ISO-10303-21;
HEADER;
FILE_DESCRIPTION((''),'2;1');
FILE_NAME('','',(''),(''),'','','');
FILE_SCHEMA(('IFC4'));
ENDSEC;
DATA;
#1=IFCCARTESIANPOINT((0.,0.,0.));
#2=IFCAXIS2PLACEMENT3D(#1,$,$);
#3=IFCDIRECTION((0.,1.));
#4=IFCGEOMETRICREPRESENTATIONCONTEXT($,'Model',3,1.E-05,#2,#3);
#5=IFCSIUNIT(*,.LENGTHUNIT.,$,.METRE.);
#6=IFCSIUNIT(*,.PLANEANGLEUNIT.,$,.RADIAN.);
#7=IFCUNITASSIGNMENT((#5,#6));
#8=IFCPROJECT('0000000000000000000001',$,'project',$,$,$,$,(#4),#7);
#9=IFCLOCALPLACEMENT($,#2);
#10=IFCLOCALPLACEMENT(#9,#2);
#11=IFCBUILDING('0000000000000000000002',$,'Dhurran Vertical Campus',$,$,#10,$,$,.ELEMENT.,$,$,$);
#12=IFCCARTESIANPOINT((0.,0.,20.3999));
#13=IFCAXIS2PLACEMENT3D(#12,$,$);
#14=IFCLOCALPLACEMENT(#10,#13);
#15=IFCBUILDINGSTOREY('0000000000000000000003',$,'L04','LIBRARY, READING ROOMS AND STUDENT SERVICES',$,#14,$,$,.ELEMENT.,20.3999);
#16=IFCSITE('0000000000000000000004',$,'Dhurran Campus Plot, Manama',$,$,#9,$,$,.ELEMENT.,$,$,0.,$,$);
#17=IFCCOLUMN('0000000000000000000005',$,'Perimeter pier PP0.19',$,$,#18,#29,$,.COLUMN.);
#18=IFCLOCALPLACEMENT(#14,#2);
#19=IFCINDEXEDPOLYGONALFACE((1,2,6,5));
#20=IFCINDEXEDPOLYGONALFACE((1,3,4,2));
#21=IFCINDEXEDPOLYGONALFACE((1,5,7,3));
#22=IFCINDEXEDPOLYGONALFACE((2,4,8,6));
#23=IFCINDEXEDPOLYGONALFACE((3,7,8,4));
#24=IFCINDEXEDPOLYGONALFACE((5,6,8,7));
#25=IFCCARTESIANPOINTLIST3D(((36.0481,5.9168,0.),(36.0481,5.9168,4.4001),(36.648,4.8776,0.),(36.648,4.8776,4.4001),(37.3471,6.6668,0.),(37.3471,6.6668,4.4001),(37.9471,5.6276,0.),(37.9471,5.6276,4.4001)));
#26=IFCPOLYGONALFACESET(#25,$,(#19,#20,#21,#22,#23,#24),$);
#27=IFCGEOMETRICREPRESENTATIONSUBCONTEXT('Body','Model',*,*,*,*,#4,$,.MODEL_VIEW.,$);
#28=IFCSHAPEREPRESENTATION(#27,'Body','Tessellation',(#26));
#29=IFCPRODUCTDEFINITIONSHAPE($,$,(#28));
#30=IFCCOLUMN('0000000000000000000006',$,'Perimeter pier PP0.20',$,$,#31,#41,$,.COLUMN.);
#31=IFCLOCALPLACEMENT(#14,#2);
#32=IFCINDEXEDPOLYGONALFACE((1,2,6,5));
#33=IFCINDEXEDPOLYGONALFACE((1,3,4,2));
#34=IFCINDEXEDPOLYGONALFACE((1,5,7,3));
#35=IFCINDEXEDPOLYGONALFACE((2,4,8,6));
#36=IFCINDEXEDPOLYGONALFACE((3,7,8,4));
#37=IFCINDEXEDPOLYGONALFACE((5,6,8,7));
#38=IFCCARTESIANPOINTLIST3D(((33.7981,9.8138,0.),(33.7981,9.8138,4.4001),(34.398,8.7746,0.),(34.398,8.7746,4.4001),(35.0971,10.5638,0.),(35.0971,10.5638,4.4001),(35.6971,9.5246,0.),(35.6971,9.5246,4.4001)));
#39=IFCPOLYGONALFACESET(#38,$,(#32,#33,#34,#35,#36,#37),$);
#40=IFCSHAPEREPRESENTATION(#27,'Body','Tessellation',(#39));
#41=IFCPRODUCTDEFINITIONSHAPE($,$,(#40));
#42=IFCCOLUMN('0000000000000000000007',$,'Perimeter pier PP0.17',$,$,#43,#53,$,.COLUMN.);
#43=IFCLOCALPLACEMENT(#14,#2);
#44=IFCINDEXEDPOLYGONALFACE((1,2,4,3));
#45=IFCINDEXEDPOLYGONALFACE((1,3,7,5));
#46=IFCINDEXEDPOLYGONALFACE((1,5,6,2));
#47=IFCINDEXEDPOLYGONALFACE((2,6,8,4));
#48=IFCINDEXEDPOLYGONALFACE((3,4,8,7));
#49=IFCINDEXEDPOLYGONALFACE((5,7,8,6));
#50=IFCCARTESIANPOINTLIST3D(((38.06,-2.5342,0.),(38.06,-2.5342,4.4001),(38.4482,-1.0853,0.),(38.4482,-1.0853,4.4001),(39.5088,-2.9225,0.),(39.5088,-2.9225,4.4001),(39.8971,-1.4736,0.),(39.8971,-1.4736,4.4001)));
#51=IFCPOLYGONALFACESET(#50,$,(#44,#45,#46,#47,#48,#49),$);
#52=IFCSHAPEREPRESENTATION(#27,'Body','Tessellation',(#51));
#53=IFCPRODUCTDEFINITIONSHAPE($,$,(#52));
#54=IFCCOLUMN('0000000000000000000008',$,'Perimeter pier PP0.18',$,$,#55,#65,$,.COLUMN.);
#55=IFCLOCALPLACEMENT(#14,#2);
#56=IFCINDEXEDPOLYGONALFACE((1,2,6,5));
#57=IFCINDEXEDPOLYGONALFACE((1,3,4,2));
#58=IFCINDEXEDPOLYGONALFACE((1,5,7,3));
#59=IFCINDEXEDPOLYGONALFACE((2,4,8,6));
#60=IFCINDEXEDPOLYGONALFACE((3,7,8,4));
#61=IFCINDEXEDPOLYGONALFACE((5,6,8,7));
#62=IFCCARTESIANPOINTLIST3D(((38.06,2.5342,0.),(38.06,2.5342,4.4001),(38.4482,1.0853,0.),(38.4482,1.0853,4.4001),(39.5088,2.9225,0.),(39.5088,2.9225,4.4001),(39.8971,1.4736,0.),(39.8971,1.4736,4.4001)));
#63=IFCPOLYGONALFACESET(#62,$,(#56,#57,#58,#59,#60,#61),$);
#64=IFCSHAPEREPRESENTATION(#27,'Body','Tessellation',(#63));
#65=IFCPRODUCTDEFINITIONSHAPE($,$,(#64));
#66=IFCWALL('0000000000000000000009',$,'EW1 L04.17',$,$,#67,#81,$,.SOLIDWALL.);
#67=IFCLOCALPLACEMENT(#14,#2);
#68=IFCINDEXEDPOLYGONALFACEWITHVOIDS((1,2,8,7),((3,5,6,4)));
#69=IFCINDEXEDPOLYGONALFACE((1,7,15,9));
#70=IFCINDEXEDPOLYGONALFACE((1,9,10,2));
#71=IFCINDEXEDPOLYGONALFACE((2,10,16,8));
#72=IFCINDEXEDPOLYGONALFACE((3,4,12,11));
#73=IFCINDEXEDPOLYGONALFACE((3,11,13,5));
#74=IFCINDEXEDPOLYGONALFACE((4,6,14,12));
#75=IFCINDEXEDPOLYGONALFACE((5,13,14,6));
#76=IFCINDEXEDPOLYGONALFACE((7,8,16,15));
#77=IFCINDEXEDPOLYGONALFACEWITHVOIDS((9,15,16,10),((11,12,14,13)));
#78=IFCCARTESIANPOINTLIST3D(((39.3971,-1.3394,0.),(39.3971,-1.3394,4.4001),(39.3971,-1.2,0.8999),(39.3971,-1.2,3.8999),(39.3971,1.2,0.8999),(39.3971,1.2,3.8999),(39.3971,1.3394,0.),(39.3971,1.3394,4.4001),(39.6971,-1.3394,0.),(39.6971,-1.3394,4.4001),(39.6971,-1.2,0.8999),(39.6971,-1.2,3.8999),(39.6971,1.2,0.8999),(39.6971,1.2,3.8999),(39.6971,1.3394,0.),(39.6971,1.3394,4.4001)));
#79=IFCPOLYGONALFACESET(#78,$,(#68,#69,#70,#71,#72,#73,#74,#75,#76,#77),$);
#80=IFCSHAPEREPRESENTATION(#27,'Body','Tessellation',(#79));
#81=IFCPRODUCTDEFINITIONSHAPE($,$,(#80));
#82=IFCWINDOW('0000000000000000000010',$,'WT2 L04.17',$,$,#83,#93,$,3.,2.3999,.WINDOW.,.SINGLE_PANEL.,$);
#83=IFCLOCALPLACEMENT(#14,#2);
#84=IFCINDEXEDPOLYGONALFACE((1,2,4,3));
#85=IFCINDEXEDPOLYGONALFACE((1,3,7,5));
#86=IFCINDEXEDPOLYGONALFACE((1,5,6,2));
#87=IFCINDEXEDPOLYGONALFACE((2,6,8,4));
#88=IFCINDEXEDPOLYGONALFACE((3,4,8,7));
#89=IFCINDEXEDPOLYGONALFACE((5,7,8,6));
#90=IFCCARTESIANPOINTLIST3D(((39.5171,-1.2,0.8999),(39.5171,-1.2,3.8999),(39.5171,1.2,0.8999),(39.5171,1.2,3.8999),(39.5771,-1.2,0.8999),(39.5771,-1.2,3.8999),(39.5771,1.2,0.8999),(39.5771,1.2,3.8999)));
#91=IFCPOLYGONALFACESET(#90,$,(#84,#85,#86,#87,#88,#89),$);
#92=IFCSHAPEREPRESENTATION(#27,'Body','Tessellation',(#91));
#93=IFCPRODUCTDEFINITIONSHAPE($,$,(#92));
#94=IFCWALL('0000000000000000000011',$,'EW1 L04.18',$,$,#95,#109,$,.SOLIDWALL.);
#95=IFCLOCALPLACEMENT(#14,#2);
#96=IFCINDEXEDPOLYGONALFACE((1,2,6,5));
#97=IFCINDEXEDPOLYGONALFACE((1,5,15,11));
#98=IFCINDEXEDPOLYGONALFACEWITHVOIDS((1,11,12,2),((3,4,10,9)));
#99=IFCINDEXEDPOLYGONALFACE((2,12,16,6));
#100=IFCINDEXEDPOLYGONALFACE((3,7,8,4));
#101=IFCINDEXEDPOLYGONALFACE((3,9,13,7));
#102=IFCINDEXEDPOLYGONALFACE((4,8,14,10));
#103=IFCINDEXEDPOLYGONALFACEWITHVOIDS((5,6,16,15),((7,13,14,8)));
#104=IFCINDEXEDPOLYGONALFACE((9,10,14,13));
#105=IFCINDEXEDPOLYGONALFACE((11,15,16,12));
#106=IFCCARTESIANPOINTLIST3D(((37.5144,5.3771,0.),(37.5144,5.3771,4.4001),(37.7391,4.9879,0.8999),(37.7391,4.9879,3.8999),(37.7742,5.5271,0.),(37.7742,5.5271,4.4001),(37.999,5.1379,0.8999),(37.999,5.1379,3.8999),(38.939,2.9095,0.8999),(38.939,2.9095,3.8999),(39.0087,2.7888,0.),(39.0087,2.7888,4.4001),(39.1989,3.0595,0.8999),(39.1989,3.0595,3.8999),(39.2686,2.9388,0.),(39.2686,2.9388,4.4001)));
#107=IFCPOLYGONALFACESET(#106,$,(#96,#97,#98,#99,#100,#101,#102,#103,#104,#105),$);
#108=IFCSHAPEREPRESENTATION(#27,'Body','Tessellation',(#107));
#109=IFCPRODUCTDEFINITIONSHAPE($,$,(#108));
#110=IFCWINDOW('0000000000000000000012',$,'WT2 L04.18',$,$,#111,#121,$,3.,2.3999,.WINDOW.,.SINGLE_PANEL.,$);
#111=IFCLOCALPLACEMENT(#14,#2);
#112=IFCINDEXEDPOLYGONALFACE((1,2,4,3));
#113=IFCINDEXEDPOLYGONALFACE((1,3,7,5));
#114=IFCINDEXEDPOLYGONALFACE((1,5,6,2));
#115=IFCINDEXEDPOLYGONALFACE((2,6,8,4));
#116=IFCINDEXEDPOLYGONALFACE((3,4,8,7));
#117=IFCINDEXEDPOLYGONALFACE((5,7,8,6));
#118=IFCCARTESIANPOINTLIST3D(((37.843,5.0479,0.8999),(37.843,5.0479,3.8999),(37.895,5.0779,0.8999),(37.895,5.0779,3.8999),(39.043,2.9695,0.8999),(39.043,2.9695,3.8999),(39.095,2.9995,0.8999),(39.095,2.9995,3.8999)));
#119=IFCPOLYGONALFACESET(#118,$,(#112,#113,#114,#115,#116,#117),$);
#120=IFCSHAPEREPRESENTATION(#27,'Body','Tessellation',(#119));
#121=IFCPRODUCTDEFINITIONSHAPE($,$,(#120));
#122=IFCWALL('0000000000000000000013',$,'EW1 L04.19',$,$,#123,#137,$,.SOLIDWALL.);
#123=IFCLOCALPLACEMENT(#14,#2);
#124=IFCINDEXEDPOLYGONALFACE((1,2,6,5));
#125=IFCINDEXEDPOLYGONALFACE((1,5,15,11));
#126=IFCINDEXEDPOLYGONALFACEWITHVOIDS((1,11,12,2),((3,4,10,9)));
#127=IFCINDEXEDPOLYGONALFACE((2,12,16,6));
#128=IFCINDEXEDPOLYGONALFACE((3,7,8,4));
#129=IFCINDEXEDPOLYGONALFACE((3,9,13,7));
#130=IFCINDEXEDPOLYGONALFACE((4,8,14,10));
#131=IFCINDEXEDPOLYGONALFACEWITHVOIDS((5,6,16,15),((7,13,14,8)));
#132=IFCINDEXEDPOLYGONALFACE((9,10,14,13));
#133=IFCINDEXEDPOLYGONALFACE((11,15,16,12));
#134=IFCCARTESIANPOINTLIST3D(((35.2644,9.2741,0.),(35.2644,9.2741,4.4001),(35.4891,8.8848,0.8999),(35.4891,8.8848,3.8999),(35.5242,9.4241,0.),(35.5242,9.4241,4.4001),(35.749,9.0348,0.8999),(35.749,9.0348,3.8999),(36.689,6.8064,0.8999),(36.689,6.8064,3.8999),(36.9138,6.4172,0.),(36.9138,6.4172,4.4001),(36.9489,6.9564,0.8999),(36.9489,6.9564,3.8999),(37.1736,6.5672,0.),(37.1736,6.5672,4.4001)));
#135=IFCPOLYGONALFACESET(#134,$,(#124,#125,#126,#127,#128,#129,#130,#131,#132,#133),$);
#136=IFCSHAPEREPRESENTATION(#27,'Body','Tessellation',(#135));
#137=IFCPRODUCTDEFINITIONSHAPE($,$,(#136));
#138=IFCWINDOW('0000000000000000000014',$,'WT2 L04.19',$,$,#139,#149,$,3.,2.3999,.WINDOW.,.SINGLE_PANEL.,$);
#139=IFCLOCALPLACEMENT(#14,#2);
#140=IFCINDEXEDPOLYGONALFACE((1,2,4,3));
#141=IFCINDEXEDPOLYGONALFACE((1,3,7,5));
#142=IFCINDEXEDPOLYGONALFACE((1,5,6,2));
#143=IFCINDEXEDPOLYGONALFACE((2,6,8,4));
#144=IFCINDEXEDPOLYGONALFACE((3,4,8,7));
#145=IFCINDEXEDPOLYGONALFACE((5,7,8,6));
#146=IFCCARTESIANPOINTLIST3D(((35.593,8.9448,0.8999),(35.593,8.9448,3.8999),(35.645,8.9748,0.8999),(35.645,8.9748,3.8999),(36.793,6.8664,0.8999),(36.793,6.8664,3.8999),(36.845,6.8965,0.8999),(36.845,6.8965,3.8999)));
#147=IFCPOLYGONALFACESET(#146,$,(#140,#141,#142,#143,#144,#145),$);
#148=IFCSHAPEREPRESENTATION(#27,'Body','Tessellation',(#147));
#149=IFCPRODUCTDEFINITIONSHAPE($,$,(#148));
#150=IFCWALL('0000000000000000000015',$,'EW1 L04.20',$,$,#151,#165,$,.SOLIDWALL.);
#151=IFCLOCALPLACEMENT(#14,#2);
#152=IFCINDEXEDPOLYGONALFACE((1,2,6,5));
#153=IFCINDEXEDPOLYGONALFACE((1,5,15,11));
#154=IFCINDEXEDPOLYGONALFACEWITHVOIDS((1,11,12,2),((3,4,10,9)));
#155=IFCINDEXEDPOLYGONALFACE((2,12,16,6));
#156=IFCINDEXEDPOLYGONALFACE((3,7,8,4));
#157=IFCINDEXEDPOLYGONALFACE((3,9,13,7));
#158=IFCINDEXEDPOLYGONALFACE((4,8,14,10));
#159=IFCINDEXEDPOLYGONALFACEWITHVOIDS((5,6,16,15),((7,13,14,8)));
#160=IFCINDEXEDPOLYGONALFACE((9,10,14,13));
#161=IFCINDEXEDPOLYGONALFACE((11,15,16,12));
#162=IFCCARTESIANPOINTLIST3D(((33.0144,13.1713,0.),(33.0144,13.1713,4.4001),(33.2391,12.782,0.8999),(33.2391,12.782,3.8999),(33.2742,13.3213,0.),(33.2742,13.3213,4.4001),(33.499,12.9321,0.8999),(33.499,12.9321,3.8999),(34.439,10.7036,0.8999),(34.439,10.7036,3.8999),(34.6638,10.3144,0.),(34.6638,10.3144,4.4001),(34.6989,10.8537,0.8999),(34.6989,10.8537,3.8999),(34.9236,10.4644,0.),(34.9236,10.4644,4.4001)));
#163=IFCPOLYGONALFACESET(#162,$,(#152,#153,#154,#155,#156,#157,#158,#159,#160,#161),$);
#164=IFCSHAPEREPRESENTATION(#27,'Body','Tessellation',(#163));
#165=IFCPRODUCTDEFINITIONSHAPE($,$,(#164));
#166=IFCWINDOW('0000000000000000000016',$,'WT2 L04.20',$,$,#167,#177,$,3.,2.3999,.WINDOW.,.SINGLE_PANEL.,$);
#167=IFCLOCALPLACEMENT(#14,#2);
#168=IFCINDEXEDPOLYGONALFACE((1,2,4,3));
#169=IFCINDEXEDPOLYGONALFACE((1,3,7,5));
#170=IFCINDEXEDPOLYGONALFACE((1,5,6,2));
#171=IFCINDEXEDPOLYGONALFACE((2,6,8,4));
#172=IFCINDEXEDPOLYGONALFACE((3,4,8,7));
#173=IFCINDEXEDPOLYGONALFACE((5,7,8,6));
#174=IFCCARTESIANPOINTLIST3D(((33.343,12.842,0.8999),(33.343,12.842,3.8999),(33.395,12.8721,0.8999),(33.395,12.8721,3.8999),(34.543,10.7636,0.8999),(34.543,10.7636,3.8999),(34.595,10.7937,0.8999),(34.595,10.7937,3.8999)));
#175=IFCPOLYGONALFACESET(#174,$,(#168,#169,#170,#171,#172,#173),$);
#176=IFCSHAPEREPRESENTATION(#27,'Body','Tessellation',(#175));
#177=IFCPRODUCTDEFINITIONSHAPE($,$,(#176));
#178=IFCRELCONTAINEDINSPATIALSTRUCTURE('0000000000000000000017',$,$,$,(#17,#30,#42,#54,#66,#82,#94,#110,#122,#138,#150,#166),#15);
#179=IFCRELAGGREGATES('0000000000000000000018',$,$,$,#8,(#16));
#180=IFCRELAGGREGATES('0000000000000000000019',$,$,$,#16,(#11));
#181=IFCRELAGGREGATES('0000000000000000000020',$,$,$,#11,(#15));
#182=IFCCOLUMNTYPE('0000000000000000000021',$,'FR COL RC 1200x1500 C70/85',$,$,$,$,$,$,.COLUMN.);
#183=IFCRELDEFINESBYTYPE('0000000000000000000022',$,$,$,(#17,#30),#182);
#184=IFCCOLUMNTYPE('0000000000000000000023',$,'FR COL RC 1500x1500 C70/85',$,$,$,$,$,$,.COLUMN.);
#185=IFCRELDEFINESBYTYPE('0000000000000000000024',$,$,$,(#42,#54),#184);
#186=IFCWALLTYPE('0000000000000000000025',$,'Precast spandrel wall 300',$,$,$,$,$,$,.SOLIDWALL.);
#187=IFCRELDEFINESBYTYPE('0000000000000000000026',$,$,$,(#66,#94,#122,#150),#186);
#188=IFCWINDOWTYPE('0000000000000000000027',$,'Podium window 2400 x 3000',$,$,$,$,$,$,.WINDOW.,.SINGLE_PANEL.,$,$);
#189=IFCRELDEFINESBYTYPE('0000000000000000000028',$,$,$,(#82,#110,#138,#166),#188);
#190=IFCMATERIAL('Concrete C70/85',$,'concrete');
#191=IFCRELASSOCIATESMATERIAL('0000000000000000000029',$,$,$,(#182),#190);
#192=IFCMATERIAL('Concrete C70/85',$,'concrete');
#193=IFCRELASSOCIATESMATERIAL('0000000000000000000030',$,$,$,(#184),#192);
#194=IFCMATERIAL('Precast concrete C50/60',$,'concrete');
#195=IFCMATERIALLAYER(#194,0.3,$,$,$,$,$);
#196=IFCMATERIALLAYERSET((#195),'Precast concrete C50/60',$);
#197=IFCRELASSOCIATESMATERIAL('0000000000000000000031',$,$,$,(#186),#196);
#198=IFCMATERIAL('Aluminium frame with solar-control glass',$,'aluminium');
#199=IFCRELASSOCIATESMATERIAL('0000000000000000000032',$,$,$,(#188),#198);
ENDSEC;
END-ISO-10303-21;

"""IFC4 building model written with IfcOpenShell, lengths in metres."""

from ifc_helpers import new_model, si_unit, direction, frame, frame_2d, origin, origin_2d, place, context, subcontext, project, spatial, rectangle, extrude, material, layer, layer_set, material_profile, profile_set, type_object, element, fill, save


model = new_model("IFC4")

# Units and contexts
model_context = context("Model", 3, precision=1e-05, world=origin(), true_north=direction((0.0, 1.0)))
body_context = subcontext(model_context, "Body", "Model", "MODEL_VIEW")
ifc_project = project(units=[si_unit("LENGTHUNIT", "METRE"), si_unit("PLANEANGLEUNIT", "RADIAN")], contexts=[model_context])

# Site, building, storey
site_placement = place(None, origin())
site = spatial("IfcSite", under=ifc_project, at=site_placement, Name="Dhurran Campus Plot, Manama", CompositionType="ELEMENT", RefElevation=0.0)
building_placement = place(site_placement, origin())
building = spatial("IfcBuilding", under=site, at=building_placement, Name="Dhurran Vertical Campus", CompositionType="ELEMENT")
storey_placement = place(building_placement, frame((0.0, 0.0, 20.3999)))
storey = spatial("IfcBuildingStorey", under=building, at=storey_placement, Name="L04", Description="LIBRARY, READING ROOMS AND STUDENT SERVICES", CompositionType="ELEMENT", Elevation=20.3999)

# Columns
ifc_material_1 = material(Name="Concrete C70/85", Category="concrete")
ifc_material_profile_1 = material_profile(ifc_material_1, rectangle(XDim=1.2, YDim=1.5, at=origin_2d()), Name="RC 1200x1500")
ifc_profile_set_1 = profile_set([ifc_material_profile_1], Name="Concrete C70/85")
column_type_1 = type_object("IfcColumnType", Name="FR COL RC 1200x1500 C70/85", PredefinedType="COLUMN", material=ifc_profile_set_1)
for number, where, z_axis, x_axis, name in (
    (1, (36.9976, 5.7722, 0.0), (0.0, 0.0, 1.0), (-0.5, 0.866025, 0.0), "Perimeter pier PP0.19"),
    (2, (34.7476, 9.6692, 0.0), (0.0, 0.0, 1.0), (-0.5, 0.866025, 0.0), "Perimeter pier PP0.20"),
):
    element("IfcColumn", number, at=place(storey_placement, frame(where, z_axis=z_axis, x_axis=x_axis)), inside=storey, type_object=column_type_1, Name=name, PredefinedType="COLUMN", context=body_context, shape_type="SweptSolid", body=[
        extrude(rectangle(XDim=1.2, YDim=1.5, at=origin_2d()), origin(), (0.0, 0.0, 1.0), 4.4001),
    ])
ifc_material_2 = material(Name="Concrete C70/85", Category="concrete")
ifc_material_profile_2 = material_profile(ifc_material_2, rectangle(XDim=1.5, YDim=1.5, at=origin_2d()), Name="RC 1500x1500")
ifc_profile_set_2 = profile_set([ifc_material_profile_2], Name="Concrete C70/85")
column_type_2 = type_object("IfcColumnType", Name="FR COL RC 1500x1500 C70/85", PredefinedType="COLUMN", material=ifc_profile_set_2)
for number, where, z_axis, x_axis, name in (
    (3, (38.9785, -2.0039, 0.0), (0.0, 0.0, 1.0), (0.258819, 0.965926, 0.0), "Perimeter pier PP0.17"),
    (4, (38.9785, 2.0039, 0.0), (0.0, 0.0, 1.0), (-0.258819, 0.965926, 0.0), "Perimeter pier PP0.18"),
):
    element("IfcColumn", number, at=place(storey_placement, frame(where, z_axis=z_axis, x_axis=x_axis)), inside=storey, type_object=column_type_2, Name=name, PredefinedType="COLUMN", context=body_context, shape_type="SweptSolid", body=[
        extrude(rectangle(XDim=1.5, YDim=1.5, at=origin_2d()), origin(), (0.0, 0.0, 1.0), 4.4001),
    ])

# Walls, openings, windows
ifc_material_3 = material(Name="Precast concrete C50/60", Category="concrete")
ifc_layer_1 = layer(ifc_material_3, 0.3)
ifc_layer_set_1 = layer_set([ifc_layer_1], Name="Precast concrete C50/60")
wall_type_1 = type_object("IfcWallType", Name="Precast spandrel wall 300", PredefinedType="SOLIDWALL", material=ifc_layer_set_1)
wall_1_placement = place(storey_placement, frame((39.5471, -1.3394, 0.0), z_axis=(0.0, 0.0, 1.0), x_axis=(0.0, 1.0, 0.0)))
wall_1 = element("IfcWall", 5, at=wall_1_placement, inside=storey, type_object=wall_type_1, Name="EW1 L04.17", PredefinedType="SOLIDWALL", context=body_context, shape_type="SweptSolid", body=[
    extrude(rectangle(XDim=2.6787, YDim=0.3, at=frame_2d((1.3394, 0.0))), origin(), (0.0, 0.0, 1.0), 4.4001),
])
opening_1_placement = place(wall_1_placement, frame((0.1394, 0.0, 0.8999)))
opening_1 = element("IfcOpeningElement", 6, at=opening_1_placement, cuts=wall_1, PredefinedType="OPENING", context=body_context, shape_type="SweptSolid", body=[
    extrude(rectangle(XDim=2.3999, YDim=3.0, at=frame_2d((1.2, 1.5))), frame((0.0, 0.1599, 0.0), z_axis=(0.0, -1.0, 0.0), x_axis=(1.0, 0.0, 0.0)), (0.0, 0.0, 1.0), 0.3201),
])
ifc_material_4 = material(Name="Aluminium frame with solar-control glass", Category="aluminium")
window_type = type_object("IfcWindowType", Name="Podium window 2400 x 3000", PartitioningType="SINGLE_PANEL", PredefinedType="WINDOW", material=ifc_material_4)
window_1_placement = place(opening_1_placement, origin())
window_1 = element("IfcWindow", 7, at=window_1_placement, inside=storey, type_object=window_type, Name="WT2 L04.17", OverallHeight=3.0, OverallWidth=2.3999, PartitioningType="SINGLE_PANEL", PredefinedType="WINDOW", context=body_context, shape_type="SweptSolid", body=[
    extrude(rectangle(XDim=2.3999, YDim=3.0, at=frame_2d((1.2, 1.5))), frame((0.0, 0.03, 0.0), z_axis=(0.0, -1.0, 0.0), x_axis=(1.0, 0.0, 0.0)), (0.0, 0.0, 1.0), 0.0601),
])
fill(opening_1, window_1)
wall_2_placement = place(storey_placement, frame((39.1387, 2.8638, 0.0), z_axis=(0.0, 0.0, 1.0), x_axis=(-0.499996, 0.866028, 0.0)))
wall_2 = element("IfcWall", 8, at=wall_2_placement, inside=storey, type_object=wall_type_1, Name="EW1 L04.18", PredefinedType="SOLIDWALL", context=body_context, shape_type="SweptSolid", body=[
    extrude(rectangle(XDim=2.9888, YDim=0.3, at=frame_2d((1.4944, 0.0))), origin(), (0.0, 0.0, 1.0), 4.4001),
])
opening_2_placement = place(wall_2_placement, frame((0.1394, 0.0, 0.8999)))
opening_2 = element("IfcOpeningElement", 9, at=opening_2_placement, cuts=wall_2, PredefinedType="OPENING", context=body_context, shape_type="SweptSolid", body=[
    extrude(rectangle(XDim=2.3999, YDim=3.0, at=frame_2d((1.2, 1.5))), frame((0.0, 0.1599, 0.0), z_axis=(0.0, -1.0, 0.0), x_axis=(1.0, 0.0, 0.0)), (0.0, 0.0, 1.0), 0.3201),
])
window_2_placement = place(opening_2_placement, origin())
window_2 = element("IfcWindow", 10, at=window_2_placement, inside=storey, type_object=window_type, Name="WT2 L04.18", OverallHeight=3.0, OverallWidth=2.3999, PartitioningType="SINGLE_PANEL", PredefinedType="WINDOW", context=body_context, shape_type="SweptSolid", body=[
    extrude(rectangle(XDim=2.3999, YDim=3.0, at=frame_2d((1.2, 1.5))), frame((0.0, 0.03, 0.0), z_axis=(0.0, -1.0, 0.0), x_axis=(1.0, 0.0, 0.0)), (0.0, 0.0, 1.0), 0.0601),
])
fill(opening_2, window_2)
wall_3_placement = place(storey_placement, frame((37.0437, 6.4922, 0.0), z_axis=(0.0, 0.0, 1.0), x_axis=(-0.499992, 0.86603, 0.0)))
wall_3 = element("IfcWall", 11, at=wall_3_placement, inside=storey, type_object=wall_type_1, Name="EW1 L04.19", PredefinedType="SOLIDWALL", context=body_context, shape_type="SweptSolid", body=[
    extrude(rectangle(XDim=3.2988, YDim=0.3, at=frame_2d((1.6494, 0.0))), origin(), (0.0, 0.0, 1.0), 4.4001),
])
opening_3_placement = place(wall_3_placement, frame((0.4495, 0.0, 0.8999)))
opening_3 = element("IfcOpeningElement", 12, at=opening_3_placement, cuts=wall_3, PredefinedType="OPENING", context=body_context, shape_type="SweptSolid", body=[
    extrude(rectangle(XDim=2.3999, YDim=3.0, at=frame_2d((1.2, 1.5))), frame((0.0, 0.1599, 0.0), z_axis=(0.0, -1.0, 0.0), x_axis=(1.0, 0.0, 0.0)), (0.0, 0.0, 1.0), 0.3201),
])
window_3_placement = place(opening_3_placement, origin())
window_3 = element("IfcWindow", 13, at=window_3_placement, inside=storey, type_object=window_type, Name="WT2 L04.19", OverallHeight=3.0, OverallWidth=2.3999, PartitioningType="SINGLE_PANEL", PredefinedType="WINDOW", context=body_context, shape_type="SweptSolid", body=[
    extrude(rectangle(XDim=2.3999, YDim=3.0, at=frame_2d((1.2, 1.5))), frame((0.0, 0.03, 0.0), z_axis=(0.0, -1.0, 0.0), x_axis=(1.0, 0.0, 0.0)), (0.0, 0.0, 1.0), 0.0601),
])
fill(opening_3, window_3)
wall_4_placement = place(storey_placement, frame((34.7937, 10.3894, 0.0), z_axis=(0.0, 0.0, 1.0), x_axis=(-0.499992, 0.86603, 0.0)))
wall_4 = element("IfcWall", 14, at=wall_4_placement, inside=storey, type_object=wall_type_1, Name="EW1 L04.20", PredefinedType="SOLIDWALL", context=body_context, shape_type="SweptSolid", body=[
    extrude(rectangle(XDim=3.2988, YDim=0.3, at=frame_2d((1.6494, 0.0))), origin(), (0.0, 0.0, 1.0), 4.4001),
])
opening_4_placement = place(wall_4_placement, frame((0.4495, 0.0, 0.8999)))
opening_4 = element("IfcOpeningElement", 15, at=opening_4_placement, cuts=wall_4, PredefinedType="OPENING", context=body_context, shape_type="SweptSolid", body=[
    extrude(rectangle(XDim=2.3999, YDim=3.0, at=frame_2d((1.2, 1.5))), frame((0.0, 0.1599, 0.0), z_axis=(0.0, -1.0, 0.0), x_axis=(1.0, 0.0, 0.0)), (0.0, 0.0, 1.0), 0.3201),
])
window_4_placement = place(opening_4_placement, origin())
window_4 = element("IfcWindow", 16, at=window_4_placement, inside=storey, type_object=window_type, Name="WT2 L04.20", OverallHeight=3.0, OverallWidth=2.3999, PartitioningType="SINGLE_PANEL", PredefinedType="WINDOW", context=body_context, shape_type="SweptSolid", body=[
    extrude(rectangle(XDim=2.3999, YDim=3.0, at=frame_2d((1.2, 1.5))), frame((0.0, 0.03, 0.0), z_axis=(0.0, -1.0, 0.0), x_axis=(1.0, 0.0, 0.0)), (0.0, 0.0, 1.0), 0.0601),
])
fill(opening_4, window_4)

save(model, "model.ifc")
